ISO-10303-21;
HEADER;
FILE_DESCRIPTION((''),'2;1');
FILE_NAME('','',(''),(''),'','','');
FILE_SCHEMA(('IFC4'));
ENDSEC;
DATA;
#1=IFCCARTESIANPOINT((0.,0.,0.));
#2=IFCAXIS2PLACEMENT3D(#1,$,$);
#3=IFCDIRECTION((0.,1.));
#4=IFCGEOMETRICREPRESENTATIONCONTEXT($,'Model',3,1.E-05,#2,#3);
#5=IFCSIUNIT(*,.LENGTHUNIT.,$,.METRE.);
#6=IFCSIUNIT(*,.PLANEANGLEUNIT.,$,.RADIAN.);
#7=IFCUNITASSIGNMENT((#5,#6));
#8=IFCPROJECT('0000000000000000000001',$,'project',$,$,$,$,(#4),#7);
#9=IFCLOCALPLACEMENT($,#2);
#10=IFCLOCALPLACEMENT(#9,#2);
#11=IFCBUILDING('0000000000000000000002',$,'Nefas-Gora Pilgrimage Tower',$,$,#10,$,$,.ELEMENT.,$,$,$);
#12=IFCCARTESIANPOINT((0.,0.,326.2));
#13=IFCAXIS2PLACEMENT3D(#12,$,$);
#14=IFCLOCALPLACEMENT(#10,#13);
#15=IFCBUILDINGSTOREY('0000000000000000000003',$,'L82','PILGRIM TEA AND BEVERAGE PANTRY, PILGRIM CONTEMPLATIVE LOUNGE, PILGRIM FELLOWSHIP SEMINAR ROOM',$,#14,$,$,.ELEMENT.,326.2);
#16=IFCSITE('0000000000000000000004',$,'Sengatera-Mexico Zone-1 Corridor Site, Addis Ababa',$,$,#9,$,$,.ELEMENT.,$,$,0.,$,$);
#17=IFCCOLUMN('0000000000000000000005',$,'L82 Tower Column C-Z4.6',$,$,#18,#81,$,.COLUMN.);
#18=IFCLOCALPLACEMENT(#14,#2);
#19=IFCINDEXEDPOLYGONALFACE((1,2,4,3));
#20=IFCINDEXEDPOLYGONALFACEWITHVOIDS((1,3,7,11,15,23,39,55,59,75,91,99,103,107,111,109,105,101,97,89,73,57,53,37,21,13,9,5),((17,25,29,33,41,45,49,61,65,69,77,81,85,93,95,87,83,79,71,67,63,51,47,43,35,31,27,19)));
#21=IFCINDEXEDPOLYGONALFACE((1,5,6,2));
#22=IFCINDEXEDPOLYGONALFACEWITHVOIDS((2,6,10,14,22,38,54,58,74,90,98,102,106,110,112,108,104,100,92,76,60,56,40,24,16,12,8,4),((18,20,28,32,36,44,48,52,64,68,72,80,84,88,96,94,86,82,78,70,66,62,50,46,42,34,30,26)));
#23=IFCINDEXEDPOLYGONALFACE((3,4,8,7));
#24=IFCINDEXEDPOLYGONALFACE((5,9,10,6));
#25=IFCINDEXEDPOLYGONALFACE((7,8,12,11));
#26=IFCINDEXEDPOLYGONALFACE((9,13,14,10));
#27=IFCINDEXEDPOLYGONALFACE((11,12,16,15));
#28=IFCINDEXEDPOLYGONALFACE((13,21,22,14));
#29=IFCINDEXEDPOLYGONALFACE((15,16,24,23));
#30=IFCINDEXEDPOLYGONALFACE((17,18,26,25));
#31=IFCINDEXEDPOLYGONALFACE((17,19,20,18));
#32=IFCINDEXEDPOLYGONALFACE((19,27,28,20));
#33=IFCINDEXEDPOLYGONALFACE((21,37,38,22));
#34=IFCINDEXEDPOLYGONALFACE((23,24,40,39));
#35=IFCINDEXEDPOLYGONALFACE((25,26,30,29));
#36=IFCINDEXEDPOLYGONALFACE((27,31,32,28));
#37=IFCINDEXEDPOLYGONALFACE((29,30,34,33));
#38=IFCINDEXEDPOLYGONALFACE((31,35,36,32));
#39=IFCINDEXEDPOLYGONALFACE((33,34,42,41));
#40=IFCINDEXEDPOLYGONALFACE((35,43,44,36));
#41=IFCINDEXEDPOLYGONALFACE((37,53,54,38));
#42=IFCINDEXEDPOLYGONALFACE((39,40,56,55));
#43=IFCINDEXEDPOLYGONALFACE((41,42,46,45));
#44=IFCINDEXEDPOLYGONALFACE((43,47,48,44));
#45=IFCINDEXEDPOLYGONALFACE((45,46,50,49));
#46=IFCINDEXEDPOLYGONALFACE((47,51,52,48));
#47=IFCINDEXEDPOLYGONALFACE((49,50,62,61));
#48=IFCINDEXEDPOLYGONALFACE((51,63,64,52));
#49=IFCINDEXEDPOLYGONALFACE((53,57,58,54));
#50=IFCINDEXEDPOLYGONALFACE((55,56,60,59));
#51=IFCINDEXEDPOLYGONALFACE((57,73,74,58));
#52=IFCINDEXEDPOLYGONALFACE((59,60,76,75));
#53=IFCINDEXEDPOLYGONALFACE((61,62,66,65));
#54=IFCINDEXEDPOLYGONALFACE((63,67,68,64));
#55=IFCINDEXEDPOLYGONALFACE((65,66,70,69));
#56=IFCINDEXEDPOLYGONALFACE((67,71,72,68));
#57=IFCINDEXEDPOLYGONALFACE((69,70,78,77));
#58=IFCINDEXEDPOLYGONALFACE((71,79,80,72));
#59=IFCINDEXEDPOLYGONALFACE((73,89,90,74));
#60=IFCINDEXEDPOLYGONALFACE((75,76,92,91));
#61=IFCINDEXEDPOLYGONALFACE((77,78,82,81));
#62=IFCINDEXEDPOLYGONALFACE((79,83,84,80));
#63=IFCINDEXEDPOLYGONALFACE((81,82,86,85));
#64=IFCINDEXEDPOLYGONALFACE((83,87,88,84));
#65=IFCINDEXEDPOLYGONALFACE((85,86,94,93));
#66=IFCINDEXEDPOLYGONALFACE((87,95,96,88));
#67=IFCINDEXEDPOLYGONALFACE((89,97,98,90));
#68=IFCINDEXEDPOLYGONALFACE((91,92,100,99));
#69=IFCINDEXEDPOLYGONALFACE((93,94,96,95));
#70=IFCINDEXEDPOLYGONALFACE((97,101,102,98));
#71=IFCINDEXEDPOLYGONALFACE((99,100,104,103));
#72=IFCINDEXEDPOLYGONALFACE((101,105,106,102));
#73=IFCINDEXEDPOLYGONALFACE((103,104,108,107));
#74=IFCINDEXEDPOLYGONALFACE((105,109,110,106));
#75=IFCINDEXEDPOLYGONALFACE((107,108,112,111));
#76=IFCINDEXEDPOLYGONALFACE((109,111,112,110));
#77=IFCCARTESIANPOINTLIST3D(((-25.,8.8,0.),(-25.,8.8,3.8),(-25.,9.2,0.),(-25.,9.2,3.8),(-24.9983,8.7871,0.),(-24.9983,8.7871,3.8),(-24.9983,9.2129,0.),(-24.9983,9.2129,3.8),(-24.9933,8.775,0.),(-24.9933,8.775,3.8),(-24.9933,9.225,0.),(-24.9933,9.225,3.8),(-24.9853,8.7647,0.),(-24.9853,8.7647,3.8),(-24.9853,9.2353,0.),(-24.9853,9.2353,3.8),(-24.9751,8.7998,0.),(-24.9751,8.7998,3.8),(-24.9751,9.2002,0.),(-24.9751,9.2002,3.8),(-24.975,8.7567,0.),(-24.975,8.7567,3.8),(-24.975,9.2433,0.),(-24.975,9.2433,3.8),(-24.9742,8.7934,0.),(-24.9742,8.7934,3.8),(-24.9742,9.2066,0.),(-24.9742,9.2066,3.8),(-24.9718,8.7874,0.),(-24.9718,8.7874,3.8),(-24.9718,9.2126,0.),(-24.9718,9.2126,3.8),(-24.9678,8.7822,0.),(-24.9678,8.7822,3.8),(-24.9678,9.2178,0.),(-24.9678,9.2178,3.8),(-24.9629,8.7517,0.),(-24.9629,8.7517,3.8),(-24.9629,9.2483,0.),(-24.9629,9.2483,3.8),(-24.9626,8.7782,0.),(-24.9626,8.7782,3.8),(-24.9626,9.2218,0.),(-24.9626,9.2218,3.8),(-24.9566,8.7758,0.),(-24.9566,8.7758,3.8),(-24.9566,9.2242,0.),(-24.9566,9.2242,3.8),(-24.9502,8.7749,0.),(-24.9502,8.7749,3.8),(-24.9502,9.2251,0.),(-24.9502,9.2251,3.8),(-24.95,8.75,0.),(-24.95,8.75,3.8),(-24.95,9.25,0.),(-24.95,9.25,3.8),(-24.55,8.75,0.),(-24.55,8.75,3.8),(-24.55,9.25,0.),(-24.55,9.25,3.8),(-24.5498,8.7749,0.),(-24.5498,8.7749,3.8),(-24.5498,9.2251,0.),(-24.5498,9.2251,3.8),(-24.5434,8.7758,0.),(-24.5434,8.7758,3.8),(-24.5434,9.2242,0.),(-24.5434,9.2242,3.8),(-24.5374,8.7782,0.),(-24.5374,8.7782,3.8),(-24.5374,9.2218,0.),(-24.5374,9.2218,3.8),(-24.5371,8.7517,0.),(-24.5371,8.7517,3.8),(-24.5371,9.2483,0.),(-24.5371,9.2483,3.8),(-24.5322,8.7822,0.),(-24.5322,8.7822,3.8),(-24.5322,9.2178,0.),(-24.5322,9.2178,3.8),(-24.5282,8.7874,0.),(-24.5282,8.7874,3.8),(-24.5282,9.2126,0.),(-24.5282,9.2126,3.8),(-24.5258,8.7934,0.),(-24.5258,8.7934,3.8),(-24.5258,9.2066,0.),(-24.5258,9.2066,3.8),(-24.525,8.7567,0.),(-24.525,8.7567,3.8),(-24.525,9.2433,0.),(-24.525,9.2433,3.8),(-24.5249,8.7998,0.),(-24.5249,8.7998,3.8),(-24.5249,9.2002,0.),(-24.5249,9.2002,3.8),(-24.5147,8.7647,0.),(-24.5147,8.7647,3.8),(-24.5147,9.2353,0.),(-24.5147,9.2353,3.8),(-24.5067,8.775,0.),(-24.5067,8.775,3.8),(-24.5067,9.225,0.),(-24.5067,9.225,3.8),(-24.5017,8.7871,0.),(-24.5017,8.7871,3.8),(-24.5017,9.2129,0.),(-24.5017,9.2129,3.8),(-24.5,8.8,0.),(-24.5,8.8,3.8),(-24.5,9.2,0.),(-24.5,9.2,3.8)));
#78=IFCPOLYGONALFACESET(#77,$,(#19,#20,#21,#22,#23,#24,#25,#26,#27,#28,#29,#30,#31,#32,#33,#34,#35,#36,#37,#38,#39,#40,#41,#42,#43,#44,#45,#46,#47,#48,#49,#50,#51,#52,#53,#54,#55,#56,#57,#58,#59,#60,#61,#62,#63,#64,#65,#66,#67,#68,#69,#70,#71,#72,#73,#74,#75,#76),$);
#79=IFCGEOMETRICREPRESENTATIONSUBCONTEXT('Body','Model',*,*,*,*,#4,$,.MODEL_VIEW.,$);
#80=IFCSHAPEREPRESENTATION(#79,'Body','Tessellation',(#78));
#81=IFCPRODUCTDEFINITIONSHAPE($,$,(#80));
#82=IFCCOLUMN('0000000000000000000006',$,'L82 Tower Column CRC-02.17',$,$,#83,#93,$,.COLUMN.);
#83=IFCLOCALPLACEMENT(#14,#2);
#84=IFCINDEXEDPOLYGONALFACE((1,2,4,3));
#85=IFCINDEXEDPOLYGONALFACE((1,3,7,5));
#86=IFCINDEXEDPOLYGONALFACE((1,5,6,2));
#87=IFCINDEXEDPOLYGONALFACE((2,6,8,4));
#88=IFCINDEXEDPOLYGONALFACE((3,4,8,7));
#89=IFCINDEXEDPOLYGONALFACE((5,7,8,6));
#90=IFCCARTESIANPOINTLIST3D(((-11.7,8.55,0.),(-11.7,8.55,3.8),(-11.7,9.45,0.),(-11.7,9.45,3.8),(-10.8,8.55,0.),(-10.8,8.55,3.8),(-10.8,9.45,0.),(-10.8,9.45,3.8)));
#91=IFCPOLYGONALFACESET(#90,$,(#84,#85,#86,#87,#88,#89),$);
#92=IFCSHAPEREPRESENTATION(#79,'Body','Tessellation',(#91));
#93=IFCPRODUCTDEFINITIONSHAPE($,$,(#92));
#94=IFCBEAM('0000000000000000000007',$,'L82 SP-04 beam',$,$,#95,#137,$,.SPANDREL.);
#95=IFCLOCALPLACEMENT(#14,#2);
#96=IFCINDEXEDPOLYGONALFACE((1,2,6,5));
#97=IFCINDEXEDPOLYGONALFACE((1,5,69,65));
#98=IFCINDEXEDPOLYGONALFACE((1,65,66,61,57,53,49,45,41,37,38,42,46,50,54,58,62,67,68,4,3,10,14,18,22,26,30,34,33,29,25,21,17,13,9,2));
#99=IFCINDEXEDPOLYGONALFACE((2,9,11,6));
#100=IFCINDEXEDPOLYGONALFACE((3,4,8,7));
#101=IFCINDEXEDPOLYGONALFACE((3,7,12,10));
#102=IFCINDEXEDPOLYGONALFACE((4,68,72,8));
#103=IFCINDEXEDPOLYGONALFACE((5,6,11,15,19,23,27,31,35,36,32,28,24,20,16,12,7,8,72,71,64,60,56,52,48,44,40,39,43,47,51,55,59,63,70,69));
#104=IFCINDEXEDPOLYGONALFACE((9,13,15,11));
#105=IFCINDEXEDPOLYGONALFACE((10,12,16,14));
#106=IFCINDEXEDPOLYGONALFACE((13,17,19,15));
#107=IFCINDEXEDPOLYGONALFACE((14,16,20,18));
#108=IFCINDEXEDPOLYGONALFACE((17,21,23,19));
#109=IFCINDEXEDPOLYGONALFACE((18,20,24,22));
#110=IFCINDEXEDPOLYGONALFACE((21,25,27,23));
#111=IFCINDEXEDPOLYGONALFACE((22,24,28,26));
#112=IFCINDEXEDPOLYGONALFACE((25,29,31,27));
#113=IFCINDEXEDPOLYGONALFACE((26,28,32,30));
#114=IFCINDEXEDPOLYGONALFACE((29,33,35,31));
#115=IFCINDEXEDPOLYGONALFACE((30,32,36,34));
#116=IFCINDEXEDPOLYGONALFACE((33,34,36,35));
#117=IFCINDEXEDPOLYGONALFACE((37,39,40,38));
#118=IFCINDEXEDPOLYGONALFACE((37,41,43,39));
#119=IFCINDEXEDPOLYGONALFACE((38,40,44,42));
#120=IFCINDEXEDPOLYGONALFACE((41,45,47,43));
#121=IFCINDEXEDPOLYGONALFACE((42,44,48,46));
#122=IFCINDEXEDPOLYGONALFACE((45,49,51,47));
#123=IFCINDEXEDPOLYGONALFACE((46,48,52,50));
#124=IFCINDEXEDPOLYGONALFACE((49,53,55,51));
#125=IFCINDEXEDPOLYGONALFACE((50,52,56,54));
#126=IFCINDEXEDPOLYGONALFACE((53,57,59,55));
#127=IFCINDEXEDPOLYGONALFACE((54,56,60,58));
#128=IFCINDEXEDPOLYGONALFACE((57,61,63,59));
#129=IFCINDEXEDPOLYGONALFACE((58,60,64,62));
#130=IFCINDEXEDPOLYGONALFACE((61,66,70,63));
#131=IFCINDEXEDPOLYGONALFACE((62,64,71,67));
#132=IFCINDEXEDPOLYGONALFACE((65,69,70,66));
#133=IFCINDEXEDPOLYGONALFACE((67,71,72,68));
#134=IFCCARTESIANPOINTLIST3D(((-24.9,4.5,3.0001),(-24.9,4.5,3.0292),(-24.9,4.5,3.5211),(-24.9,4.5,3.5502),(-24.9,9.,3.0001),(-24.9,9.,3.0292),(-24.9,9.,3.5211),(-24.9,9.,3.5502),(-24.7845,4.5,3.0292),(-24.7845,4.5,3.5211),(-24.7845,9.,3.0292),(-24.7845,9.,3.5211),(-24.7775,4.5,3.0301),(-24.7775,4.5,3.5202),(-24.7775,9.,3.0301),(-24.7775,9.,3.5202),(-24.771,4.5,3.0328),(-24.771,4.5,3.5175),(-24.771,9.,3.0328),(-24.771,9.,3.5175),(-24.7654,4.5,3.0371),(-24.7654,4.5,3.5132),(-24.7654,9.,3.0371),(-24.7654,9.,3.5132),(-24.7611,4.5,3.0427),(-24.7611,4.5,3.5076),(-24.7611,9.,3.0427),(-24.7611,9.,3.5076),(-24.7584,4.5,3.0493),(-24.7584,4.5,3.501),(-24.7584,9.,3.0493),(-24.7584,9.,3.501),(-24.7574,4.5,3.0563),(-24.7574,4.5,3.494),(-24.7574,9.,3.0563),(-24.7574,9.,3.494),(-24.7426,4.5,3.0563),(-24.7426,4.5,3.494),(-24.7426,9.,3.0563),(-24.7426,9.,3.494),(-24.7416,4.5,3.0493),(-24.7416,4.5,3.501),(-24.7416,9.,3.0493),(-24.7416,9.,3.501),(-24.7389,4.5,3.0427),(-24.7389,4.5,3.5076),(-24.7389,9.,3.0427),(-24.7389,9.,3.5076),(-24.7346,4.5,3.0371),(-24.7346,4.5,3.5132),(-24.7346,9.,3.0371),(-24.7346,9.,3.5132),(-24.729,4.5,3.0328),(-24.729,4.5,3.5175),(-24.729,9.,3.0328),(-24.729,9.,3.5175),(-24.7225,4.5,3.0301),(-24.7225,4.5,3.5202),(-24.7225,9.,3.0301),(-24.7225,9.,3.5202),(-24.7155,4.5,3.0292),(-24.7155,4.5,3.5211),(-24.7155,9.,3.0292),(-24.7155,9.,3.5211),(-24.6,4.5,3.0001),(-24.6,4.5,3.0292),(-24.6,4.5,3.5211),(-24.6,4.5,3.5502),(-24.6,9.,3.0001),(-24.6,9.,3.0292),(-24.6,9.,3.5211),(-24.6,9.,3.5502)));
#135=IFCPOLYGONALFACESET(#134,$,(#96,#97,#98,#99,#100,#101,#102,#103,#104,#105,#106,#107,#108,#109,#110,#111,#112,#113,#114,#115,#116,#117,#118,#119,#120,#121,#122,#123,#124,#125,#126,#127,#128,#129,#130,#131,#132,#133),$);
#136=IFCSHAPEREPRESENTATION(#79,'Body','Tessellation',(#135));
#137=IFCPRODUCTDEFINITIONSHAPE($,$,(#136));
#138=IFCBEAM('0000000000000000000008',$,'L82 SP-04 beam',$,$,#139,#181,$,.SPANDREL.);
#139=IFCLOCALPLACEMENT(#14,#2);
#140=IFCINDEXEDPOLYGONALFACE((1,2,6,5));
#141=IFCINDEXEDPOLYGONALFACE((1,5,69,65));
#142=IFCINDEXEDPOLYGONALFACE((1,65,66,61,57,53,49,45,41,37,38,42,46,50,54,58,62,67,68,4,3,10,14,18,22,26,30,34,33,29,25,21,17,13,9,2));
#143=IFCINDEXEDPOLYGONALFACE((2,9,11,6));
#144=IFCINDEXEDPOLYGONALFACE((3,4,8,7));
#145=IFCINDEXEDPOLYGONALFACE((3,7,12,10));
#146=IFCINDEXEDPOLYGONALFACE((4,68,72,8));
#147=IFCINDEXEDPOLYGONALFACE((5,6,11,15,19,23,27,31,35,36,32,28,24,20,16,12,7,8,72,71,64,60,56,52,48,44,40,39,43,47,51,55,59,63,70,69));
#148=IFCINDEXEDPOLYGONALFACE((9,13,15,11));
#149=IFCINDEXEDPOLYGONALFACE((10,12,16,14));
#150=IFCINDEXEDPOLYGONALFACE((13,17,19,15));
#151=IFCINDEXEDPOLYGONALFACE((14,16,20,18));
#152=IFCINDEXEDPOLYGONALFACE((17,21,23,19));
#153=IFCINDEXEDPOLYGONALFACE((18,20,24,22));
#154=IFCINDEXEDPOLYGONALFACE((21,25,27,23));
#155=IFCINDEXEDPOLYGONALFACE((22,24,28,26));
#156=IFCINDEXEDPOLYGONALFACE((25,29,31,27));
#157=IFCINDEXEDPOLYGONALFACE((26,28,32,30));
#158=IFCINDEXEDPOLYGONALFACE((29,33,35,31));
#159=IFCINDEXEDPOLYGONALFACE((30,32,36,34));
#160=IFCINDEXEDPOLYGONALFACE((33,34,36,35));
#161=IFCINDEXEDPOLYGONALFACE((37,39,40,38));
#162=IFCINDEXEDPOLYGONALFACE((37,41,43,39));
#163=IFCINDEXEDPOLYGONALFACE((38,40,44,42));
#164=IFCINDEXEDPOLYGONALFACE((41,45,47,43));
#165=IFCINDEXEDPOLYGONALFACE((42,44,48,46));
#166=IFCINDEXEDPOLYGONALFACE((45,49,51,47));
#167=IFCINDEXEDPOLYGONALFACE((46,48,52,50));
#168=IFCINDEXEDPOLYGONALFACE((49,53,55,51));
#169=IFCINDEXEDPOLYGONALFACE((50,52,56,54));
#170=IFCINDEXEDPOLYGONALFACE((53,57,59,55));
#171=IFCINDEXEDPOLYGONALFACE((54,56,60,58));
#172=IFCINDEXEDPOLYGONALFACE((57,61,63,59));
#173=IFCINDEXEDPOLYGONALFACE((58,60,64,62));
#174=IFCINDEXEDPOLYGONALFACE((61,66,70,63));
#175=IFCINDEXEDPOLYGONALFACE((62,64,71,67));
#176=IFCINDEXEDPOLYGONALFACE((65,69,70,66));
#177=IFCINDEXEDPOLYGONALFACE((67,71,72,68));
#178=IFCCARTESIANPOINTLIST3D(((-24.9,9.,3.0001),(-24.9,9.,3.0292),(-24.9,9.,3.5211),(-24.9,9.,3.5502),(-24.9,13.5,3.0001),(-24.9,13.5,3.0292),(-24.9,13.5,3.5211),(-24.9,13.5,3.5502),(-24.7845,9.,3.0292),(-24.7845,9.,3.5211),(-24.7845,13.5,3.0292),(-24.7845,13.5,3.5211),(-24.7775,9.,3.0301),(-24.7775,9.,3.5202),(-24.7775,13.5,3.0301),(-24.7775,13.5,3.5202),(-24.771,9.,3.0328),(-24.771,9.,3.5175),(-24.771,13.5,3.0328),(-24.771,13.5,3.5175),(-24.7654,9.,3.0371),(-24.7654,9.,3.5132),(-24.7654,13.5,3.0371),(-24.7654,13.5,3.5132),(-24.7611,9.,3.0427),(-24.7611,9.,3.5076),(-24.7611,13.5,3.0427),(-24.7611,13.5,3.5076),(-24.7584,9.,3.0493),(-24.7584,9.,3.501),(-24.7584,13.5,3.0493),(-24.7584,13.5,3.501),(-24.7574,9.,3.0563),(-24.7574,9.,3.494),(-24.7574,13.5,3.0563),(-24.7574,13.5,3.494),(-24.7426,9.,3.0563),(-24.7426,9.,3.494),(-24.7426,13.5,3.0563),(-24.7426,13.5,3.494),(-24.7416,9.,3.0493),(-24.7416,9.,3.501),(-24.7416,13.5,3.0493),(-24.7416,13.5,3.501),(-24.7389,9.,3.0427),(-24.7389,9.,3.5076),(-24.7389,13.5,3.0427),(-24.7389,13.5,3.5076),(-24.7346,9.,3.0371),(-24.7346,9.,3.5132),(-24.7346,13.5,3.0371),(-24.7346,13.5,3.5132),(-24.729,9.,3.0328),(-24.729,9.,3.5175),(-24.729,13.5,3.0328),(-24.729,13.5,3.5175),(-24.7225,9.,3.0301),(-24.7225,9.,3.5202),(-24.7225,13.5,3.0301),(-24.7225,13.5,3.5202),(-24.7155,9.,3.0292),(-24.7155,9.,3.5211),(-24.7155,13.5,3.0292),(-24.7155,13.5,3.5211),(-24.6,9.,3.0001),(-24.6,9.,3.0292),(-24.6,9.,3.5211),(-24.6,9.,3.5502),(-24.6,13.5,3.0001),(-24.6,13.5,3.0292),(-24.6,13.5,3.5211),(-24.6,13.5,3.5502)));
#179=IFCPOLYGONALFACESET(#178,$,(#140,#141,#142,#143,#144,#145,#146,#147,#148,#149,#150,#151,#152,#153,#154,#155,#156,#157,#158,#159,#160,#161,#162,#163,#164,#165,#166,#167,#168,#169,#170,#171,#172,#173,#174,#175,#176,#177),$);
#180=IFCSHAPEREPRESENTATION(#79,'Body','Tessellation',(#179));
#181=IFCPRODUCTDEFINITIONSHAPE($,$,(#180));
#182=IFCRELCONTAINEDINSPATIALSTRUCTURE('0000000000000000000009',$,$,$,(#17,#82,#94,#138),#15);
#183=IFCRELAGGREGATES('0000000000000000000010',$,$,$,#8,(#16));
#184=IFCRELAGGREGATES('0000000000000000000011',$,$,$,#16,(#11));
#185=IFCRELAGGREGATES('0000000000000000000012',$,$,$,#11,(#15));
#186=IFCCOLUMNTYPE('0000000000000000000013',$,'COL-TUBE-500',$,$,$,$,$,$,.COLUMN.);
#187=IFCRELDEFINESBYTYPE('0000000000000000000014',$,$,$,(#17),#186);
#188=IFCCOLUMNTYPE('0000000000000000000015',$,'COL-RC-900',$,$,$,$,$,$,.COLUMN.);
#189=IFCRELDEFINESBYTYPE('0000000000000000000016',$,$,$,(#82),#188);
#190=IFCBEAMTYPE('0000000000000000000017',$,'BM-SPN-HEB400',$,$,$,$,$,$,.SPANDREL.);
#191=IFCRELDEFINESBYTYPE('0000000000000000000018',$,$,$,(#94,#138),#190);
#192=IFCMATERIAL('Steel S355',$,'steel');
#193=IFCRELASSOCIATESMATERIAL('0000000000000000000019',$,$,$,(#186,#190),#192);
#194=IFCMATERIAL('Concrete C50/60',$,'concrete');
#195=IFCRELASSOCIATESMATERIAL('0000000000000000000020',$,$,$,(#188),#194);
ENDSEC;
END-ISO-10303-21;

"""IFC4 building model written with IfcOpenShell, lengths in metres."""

from ifc_helpers import new_model, si_unit, direction, frame, origin, origin_2d, place, context, subcontext, project, spatial, rectangle, hollow_rectangle, i_section, extrude, source, transform, mapped, material, material_profile, profile_set, type_object, element, save


model = new_model("IFC4")

# Units and contexts
model_context = context("Model", 3, precision=1e-05, world=origin(), true_north=direction((0.0, 1.0)))
body_context = subcontext(model_context, "Body", "Model", "MODEL_VIEW")
ifc_project = project(units=[si_unit("LENGTHUNIT", "METRE"), si_unit("PLANEANGLEUNIT", "RADIAN")], contexts=[model_context])

# Site, building, storey
site_placement = place(None, origin())
site = spatial("IfcSite", under=ifc_project, at=site_placement, Name="Sengatera-Mexico Zone-1 Corridor Site, Addis Ababa", CompositionType="ELEMENT", RefElevation=0.0)
building_placement = place(site_placement, origin())
building = spatial("IfcBuilding", under=site, at=building_placement, Name="Nefas-Gora Pilgrimage Tower", CompositionType="ELEMENT")
storey_placement = place(building_placement, frame((0.0, 0.0, 326.2)))
storey = spatial("IfcBuildingStorey", under=building, at=storey_placement, Name="L82", Description="PILGRIM TEA AND BEVERAGE PANTRY, PILGRIM CONTEMPLATIVE LOUNGE, PILGRIM FELLOWSHIP SEMINAR ROOM", CompositionType="ELEMENT", Elevation=326.2)

# Columns
ifc_material_1 = material(Name="Steel S355", Category="steel")
ifc_material_profile_1 = material_profile(ifc_material_1, hollow_rectangle(XDim=0.5, YDim=0.5, WallThickness=0.0249, InnerFilletRadius=0.0249, OuterFilletRadius=0.05, at=origin_2d()), Name="SHS 500x500x25")
ifc_profile_set_1 = profile_set([ifc_material_profile_1], Name="Steel S355")
column_type_1 = type_object("IfcColumnType", Name="COL-TUBE-500", PredefinedType="COLUMN", material=ifc_profile_set_1)
shared_shape_1 = source(origin(), body_context, "Body", "SweptSolid", [
    extrude(hollow_rectangle(XDim=0.5, YDim=0.5, WallThickness=0.0249, InnerFilletRadius=0.0249, OuterFilletRadius=0.05, at=origin_2d()), origin(), (0.0, 0.0, 1.0), 3.8),
])
for number, where, z_axis, x_axis, name in (
    (1, (-24.75, 9.0, 0.0), (0.0, 0.0, 1.0), (1.0, 0.0, 0.0), "L82 Tower Column C-Z4.6"),
):
    element("IfcColumn", number, at=place(storey_placement, frame(where, z_axis=z_axis, x_axis=x_axis)), inside=storey, type_object=column_type_1, Name=name, PredefinedType="COLUMN", context=body_context, shape_type="MappedRepresentation", body=[
        mapped(shared_shape_1, transform((0.0, 0.0, 0.0), x_axis=(1.0, 0.0, 0.0), y_axis=(0.0, 1.0, 0.0), z_axis=(0.0, 0.0, 1.0), scale=1.0)),
    ])
ifc_material_2 = material(Name="Concrete C50/60", Category="concrete")
ifc_material_profile_2 = material_profile(ifc_material_2, rectangle(XDim=0.8999, YDim=0.8999, at=origin_2d()), Name="RC 900x900")
ifc_profile_set_2 = profile_set([ifc_material_profile_2], Name="Concrete C50/60")
column_type_2 = type_object("IfcColumnType", Name="COL-RC-900", PredefinedType="COLUMN", material=ifc_profile_set_2)
shared_shape_2 = source(origin(), body_context, "Body", "SweptSolid", [
    extrude(rectangle(XDim=0.8999, YDim=0.8999, at=origin_2d()), origin(), (0.0, 0.0, 1.0), 3.8),
])
column_placement = place(storey_placement, frame((-11.25, 9.0, 0.0), z_axis=(0.0, 0.0, 1.0), x_axis=(1.0, 0.0, 0.0)))
element("IfcColumn", 2, at=column_placement, inside=storey, type_object=column_type_2, Name="L82 Tower Column CRC-02.17", PredefinedType="COLUMN", context=body_context, shape_type="MappedRepresentation", body=[
    mapped(shared_shape_2, transform((0.0, 0.0, 0.0), x_axis=(1.0, 0.0, 0.0), y_axis=(0.0, 1.0, 0.0), z_axis=(0.0, 0.0, 1.0), scale=1.0)),
])

# Beams
ifc_material_profile_3 = material_profile(ifc_material_1, i_section(OverallWidth=0.3, OverallDepth=0.55, WebThickness=0.0149, FlangeThickness=0.0291, FilletRadius=0.0271, at=origin_2d()), Name="HEB 550")
ifc_profile_set_3 = profile_set([ifc_material_profile_3], Name="Steel S355")
beam_type_1 = type_object("IfcBeamType", Name="BM-SPN-HEB400", PredefinedType="SPANDREL", material=ifc_profile_set_3)
shared_shape_3 = source(origin(), body_context, "Body", "SweptSolid", [
    extrude(i_section(OverallWidth=0.3, OverallDepth=0.55, WebThickness=0.0149, FlangeThickness=0.0291, FilletRadius=0.0271, at=origin_2d()), origin(), (0.0, 0.0, 1.0), 4.5),
])
for number, where, z_axis, x_axis, name in (
    (3, (-24.75, 4.5, 3.2751), (0.0, 1.0, 0.0), (-1.0, 0.0, 0.0), "L82 SP-04 beam"),
    (4, (-24.75, 9.0, 3.2751), (0.0, 1.0, 0.0), (-1.0, 0.0, 0.0), "L82 SP-04 beam"),
):
    element("IfcBeam", number, at=place(storey_placement, frame(where, z_axis=z_axis, x_axis=x_axis)), inside=storey, type_object=beam_type_1, Name=name, PredefinedType="SPANDREL", context=body_context, shape_type="MappedRepresentation", body=[
        mapped(shared_shape_3, transform((0.0, 0.0, 0.0), x_axis=(1.0, 0.0, 0.0), y_axis=(0.0, 1.0, 0.0), z_axis=(0.0, 0.0, 1.0), scale=1.0)),
    ])

save(model, "model.ifc")
